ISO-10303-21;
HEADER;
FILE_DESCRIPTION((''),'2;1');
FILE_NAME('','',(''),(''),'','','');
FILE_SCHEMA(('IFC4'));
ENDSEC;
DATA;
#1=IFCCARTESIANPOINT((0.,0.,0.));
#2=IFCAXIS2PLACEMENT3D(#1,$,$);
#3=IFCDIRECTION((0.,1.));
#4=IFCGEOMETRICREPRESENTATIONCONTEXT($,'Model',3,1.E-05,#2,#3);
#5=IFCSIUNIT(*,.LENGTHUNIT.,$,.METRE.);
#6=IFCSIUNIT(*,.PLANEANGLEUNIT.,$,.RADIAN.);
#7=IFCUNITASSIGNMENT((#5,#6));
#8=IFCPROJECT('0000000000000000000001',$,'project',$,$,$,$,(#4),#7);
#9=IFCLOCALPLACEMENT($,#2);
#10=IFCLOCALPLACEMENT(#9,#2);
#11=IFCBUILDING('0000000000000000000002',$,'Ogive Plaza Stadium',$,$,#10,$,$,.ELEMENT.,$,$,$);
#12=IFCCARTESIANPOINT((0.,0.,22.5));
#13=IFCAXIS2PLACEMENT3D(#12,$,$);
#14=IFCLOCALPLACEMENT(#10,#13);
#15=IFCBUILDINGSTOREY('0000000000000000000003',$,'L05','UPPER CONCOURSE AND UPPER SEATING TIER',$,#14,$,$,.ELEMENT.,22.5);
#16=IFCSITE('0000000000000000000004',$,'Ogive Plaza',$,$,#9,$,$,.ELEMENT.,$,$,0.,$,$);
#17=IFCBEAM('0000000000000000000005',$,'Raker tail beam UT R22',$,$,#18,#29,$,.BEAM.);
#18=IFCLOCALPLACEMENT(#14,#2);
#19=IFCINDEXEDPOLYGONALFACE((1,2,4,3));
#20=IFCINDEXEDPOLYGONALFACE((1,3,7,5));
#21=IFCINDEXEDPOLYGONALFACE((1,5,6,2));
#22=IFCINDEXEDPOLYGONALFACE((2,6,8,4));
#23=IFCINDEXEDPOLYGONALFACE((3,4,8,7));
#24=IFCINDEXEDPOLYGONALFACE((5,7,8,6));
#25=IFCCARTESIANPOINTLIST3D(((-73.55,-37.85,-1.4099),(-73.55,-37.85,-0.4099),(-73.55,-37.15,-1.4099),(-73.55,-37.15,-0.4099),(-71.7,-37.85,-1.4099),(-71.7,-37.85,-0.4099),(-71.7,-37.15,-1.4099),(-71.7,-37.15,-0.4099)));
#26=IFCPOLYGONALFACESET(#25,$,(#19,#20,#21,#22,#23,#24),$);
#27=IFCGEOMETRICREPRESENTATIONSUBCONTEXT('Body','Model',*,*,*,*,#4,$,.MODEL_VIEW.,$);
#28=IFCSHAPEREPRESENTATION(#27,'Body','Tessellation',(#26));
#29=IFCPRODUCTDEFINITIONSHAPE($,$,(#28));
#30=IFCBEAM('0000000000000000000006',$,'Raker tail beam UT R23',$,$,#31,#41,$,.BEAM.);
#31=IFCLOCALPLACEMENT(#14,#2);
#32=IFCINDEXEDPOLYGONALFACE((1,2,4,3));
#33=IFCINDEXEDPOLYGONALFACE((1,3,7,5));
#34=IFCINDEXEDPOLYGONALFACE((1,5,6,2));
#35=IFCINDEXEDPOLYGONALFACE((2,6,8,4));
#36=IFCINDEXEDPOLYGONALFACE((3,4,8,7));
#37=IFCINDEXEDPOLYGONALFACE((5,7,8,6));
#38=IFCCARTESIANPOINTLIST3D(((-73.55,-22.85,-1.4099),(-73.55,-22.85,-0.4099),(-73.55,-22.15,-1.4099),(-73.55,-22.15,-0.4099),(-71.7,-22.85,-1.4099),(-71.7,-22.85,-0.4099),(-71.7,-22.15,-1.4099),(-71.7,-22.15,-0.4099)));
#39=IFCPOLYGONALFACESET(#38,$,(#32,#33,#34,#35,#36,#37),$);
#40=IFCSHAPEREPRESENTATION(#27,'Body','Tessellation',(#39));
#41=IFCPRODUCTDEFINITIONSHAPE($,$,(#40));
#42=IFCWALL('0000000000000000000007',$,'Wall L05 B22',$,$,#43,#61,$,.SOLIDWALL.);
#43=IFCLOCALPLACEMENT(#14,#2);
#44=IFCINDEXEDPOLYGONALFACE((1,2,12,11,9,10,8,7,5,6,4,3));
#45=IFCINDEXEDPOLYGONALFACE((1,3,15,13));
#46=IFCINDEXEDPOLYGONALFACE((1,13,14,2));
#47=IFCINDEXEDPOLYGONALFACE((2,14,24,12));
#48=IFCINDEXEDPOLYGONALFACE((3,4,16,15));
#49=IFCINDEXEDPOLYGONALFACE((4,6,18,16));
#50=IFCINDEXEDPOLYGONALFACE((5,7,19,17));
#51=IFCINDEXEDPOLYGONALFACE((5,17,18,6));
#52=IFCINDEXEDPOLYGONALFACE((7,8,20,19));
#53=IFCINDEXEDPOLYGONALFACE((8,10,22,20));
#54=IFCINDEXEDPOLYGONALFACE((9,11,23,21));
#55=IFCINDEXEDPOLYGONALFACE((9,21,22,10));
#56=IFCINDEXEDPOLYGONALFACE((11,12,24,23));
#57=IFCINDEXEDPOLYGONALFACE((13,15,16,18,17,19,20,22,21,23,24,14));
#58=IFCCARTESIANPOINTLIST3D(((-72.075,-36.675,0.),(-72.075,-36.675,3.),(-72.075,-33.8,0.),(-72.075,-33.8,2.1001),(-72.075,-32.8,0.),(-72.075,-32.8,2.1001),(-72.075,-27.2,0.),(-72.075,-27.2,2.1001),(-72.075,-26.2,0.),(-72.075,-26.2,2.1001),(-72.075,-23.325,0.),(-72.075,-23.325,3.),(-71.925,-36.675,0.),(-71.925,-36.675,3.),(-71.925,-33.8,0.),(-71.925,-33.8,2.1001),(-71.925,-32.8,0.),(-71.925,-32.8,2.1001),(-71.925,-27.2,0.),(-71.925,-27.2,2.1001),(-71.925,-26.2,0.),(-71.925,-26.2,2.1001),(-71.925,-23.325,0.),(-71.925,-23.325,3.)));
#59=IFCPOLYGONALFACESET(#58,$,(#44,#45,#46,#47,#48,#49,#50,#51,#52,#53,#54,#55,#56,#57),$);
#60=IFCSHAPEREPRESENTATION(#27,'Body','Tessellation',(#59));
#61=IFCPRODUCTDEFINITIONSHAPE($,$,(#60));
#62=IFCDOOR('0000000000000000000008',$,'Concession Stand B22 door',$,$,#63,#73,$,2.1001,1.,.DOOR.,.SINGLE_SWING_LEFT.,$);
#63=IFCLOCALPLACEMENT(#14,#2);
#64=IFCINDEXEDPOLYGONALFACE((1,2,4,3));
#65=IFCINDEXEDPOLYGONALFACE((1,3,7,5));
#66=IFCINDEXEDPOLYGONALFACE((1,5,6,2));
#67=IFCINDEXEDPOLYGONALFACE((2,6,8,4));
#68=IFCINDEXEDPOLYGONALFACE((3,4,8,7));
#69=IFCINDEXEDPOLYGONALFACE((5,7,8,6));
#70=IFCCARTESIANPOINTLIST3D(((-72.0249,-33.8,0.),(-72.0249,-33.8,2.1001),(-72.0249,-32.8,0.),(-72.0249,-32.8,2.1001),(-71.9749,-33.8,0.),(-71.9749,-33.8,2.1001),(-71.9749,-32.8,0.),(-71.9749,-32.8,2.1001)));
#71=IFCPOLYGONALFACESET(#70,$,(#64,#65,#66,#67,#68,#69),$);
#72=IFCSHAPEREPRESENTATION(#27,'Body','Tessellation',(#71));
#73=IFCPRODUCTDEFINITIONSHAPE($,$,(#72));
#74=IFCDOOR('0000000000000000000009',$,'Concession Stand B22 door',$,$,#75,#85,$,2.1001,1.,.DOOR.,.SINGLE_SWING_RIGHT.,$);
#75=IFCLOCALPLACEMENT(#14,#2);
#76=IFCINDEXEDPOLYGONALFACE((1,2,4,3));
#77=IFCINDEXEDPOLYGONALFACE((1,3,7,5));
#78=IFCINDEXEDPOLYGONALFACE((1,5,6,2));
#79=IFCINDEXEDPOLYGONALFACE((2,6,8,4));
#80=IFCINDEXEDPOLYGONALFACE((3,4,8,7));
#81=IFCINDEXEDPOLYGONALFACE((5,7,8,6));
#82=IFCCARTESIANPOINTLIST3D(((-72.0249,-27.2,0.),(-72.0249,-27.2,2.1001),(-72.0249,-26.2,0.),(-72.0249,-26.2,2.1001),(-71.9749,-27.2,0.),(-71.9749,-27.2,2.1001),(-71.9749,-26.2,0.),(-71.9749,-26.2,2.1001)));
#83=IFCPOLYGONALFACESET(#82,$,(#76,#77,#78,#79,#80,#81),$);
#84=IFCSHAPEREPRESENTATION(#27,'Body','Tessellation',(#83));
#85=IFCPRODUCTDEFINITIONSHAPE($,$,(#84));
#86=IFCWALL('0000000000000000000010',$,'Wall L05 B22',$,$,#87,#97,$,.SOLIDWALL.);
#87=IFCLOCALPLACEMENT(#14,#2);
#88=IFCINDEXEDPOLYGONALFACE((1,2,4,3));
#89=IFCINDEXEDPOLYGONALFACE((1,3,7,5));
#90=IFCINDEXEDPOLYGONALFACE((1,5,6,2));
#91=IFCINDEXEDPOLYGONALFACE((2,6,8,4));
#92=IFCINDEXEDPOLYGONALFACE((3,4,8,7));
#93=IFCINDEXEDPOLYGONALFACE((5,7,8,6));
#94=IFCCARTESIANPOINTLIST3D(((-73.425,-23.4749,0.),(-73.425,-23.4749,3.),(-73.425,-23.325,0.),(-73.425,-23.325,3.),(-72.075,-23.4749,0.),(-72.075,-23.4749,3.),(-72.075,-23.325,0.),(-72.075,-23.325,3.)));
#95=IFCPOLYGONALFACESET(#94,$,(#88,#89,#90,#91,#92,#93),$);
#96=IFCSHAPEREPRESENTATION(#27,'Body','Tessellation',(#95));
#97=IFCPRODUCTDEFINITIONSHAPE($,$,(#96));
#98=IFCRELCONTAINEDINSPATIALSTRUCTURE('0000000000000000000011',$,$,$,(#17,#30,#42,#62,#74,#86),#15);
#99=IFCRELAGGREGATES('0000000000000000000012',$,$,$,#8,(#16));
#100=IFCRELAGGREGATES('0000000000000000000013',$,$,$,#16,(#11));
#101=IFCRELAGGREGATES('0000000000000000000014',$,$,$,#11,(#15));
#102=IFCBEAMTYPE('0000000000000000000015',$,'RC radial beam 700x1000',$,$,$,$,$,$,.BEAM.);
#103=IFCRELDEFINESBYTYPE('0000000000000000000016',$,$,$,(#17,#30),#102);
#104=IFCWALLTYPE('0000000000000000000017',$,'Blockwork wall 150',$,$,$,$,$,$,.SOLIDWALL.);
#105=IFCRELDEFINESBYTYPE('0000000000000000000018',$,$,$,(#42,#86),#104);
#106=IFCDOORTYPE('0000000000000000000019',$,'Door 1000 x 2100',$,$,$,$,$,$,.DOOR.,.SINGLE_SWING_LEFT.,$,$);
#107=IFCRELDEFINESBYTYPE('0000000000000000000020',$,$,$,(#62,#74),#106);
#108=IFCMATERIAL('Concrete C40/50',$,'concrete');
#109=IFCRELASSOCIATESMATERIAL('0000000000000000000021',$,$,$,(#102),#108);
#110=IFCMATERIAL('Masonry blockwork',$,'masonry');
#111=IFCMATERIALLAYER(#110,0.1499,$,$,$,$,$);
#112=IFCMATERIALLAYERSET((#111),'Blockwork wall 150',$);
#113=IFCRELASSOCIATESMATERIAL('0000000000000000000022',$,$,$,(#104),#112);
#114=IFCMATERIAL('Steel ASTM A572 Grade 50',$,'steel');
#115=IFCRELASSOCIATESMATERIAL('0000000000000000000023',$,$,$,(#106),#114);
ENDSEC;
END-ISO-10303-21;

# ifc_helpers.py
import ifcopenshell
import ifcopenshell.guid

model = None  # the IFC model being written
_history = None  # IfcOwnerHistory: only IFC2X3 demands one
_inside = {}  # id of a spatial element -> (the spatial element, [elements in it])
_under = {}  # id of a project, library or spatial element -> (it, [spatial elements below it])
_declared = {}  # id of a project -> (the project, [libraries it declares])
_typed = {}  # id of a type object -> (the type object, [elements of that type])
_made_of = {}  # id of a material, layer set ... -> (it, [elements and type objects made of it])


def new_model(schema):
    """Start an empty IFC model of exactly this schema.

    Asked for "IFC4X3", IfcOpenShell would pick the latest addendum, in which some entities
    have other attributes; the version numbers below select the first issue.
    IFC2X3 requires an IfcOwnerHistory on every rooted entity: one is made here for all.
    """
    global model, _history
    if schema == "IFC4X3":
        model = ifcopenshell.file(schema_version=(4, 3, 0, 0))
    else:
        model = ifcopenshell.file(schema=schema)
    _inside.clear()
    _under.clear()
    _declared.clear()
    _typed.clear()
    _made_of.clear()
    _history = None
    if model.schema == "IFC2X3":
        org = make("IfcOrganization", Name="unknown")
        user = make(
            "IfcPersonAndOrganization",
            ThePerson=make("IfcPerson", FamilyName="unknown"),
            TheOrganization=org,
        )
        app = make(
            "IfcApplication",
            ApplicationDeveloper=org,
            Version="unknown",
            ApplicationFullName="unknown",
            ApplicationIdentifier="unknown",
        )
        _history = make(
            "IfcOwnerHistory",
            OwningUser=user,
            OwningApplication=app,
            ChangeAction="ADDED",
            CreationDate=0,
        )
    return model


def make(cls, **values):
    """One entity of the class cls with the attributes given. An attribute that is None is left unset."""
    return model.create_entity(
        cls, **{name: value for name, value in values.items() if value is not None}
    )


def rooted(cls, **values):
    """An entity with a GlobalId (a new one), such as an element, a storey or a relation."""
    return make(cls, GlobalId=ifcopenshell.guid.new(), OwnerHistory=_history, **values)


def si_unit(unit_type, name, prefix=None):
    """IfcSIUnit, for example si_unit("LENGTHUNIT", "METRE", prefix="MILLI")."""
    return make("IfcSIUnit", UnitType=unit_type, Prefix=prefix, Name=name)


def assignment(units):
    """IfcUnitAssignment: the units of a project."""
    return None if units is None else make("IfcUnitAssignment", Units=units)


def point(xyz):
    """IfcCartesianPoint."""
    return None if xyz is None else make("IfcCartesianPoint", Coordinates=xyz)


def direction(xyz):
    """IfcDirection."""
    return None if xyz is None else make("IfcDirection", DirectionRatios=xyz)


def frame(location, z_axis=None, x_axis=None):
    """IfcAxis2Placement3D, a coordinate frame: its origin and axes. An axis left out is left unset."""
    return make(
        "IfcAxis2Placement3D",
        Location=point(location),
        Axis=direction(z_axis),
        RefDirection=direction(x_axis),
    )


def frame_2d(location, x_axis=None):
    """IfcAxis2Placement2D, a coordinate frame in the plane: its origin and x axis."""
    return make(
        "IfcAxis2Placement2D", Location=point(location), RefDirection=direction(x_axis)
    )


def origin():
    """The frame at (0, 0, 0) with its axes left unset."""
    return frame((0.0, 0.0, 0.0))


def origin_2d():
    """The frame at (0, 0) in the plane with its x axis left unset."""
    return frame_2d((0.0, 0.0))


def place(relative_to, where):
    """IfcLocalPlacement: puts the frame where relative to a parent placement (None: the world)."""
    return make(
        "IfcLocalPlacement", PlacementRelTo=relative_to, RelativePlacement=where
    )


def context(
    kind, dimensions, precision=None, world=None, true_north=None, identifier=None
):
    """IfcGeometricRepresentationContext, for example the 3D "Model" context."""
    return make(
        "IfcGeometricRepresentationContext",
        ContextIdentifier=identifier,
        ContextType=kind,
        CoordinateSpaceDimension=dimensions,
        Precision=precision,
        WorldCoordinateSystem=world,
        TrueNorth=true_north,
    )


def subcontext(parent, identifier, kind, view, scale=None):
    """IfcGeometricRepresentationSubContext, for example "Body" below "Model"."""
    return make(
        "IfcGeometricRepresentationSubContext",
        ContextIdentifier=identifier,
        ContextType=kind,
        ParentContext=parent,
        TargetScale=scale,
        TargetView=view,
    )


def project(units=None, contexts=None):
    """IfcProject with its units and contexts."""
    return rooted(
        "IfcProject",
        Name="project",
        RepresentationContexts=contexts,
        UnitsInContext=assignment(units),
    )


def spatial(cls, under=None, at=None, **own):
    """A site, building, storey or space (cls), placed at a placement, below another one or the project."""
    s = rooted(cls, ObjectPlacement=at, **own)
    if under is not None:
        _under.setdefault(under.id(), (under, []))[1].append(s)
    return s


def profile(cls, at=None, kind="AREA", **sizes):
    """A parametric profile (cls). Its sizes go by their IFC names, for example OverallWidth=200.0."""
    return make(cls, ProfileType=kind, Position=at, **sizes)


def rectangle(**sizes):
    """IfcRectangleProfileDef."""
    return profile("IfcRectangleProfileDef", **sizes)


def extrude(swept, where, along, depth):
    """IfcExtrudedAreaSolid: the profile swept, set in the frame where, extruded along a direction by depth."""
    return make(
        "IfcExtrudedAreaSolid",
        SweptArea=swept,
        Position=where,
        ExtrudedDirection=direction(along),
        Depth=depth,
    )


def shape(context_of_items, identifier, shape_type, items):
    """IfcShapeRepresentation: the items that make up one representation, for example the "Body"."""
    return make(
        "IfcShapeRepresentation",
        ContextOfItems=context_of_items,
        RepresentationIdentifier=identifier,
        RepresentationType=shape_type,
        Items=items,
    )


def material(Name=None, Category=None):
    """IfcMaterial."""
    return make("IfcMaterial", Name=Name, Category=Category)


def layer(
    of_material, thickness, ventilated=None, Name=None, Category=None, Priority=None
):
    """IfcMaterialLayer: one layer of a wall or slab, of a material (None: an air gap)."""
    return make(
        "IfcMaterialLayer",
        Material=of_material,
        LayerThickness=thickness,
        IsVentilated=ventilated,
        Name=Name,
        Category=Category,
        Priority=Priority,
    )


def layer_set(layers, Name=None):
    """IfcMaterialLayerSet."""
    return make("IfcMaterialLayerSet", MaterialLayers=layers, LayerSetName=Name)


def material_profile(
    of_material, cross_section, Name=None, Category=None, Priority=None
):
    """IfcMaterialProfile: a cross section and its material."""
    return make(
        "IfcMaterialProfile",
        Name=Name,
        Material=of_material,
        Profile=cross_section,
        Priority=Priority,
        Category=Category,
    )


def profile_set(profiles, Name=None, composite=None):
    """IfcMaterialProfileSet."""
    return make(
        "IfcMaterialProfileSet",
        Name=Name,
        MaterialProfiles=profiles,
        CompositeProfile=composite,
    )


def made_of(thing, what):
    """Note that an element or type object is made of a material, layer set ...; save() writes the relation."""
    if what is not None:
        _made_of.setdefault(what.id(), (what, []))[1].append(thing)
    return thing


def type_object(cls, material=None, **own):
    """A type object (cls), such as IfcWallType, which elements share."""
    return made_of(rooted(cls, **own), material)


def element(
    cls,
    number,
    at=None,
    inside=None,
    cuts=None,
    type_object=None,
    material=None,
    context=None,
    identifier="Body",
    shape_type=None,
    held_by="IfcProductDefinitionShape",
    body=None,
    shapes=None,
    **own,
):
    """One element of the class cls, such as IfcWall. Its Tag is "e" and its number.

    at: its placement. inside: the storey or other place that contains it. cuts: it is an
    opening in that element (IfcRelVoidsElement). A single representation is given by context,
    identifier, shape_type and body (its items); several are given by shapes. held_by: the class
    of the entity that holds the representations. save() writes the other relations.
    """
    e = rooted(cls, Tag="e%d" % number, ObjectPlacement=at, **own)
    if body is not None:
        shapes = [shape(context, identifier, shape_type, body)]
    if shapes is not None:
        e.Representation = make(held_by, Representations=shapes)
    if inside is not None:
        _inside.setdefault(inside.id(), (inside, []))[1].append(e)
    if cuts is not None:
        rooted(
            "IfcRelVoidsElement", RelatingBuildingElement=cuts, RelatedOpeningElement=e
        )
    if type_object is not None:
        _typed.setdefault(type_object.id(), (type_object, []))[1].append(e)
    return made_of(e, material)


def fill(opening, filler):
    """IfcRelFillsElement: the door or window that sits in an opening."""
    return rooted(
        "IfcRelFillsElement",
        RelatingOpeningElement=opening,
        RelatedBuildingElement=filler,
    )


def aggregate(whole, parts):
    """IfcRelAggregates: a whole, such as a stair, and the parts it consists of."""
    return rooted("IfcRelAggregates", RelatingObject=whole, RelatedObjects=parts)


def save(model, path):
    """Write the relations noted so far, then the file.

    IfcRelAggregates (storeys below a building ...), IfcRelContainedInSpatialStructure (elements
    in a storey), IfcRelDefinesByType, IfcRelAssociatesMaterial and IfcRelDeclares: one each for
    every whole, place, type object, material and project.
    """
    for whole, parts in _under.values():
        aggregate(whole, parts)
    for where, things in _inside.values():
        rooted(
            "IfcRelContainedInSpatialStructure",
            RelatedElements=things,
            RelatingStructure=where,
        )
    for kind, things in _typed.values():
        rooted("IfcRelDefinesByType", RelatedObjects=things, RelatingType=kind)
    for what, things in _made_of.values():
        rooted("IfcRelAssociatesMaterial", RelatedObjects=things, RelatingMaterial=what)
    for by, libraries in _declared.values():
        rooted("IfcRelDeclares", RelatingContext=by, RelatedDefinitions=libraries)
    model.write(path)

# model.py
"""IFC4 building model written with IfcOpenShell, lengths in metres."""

from ifc_helpers import new_model, si_unit, direction, frame, frame_2d, origin, origin_2d, place, context, subcontext, project, spatial, rectangle, extrude, material, layer, layer_set, material_profile, profile_set, type_object, element, fill, save


model = new_model("IFC4")

# Units and contexts
model_context = context("Model", 3, precision=1e-05, world=origin(), true_north=direction((0.0, 1.0)))
body_context = subcontext(model_context, "Body", "Model", "MODEL_VIEW")
ifc_project = project(units=[si_unit("LENGTHUNIT", "METRE"), si_unit("PLANEANGLEUNIT", "RADIAN")], contexts=[model_context])

# Site, building, storey
site_placement = place(None, origin())
site = spatial("IfcSite", under=ifc_project, at=site_placement, Name="Ogive Plaza", CompositionType="ELEMENT", RefElevation=0.0)
building_placement = place(site_placement, origin())
building = spatial("IfcBuilding", under=site, at=building_placement, Name="Ogive Plaza Stadium", CompositionType="ELEMENT")
storey_placement = place(building_placement, frame((0.0, 0.0, 22.5)))
storey = spatial("IfcBuildingStorey", under=building, at=storey_placement, Name="L05", Description="UPPER CONCOURSE AND UPPER SEATING TIER", CompositionType="ELEMENT", Elevation=22.5)

# Beams
ifc_material_1 = material(Name="Concrete C40/50", Category="concrete")
ifc_material_profile = material_profile(ifc_material_1, rectangle(XDim=0.7, YDim=1.0, at=origin_2d()), Name="RC 700x1000")
ifc_profile_set = profile_set([ifc_material_profile], Name="Concrete C40/50")
beam_type = type_object("IfcBeamType", Name="RC radial beam 700x1000", PredefinedType="BEAM", material=ifc_profile_set)
for number, where, z_axis, x_axis, name in (
    (1, (-71.7, -37.5, -0.9099), (-1.0, 0.0, 0.0), (0.0, -1.0, 0.0), "Raker tail beam UT R22"),
    (2, (-71.7, -22.5, -0.9099), (-1.0, 0.0, 0.0), (0.0, -1.0, 0.0), "Raker tail beam UT R23"),
):
    element("IfcBeam", number, at=place(storey_placement, frame(where, z_axis=z_axis, x_axis=x_axis)), inside=storey, type_object=beam_type, Name=name, PredefinedType="BEAM", context=body_context, shape_type="SweptSolid", body=[
        extrude(rectangle(XDim=0.7, YDim=1.0, at=origin_2d()), origin(), (0.0, 0.0, 1.0), 1.8501),
    ])

# Wall, openings, doors
ifc_material_2 = material(Name="Masonry blockwork", Category="masonry")
ifc_layer_1 = layer(ifc_material_2, 0.1499)
ifc_layer_set_1 = layer_set([ifc_layer_1], Name="Blockwork wall 150")
wall_type_1 = type_object("IfcWallType", Name="Blockwork wall 150", PredefinedType="SOLIDWALL", material=ifc_layer_set_1)
wall_1_placement = place(storey_placement, frame((-72.0, -36.675, 0.0), z_axis=(0.0, 0.0, 1.0), x_axis=(0.0, 1.0, 0.0)))
wall_1 = element("IfcWall", 3, at=wall_1_placement, inside=storey, type_object=wall_type_1, Name="Wall L05 B22", PredefinedType="SOLIDWALL", context=body_context, shape_type="SweptSolid", body=[
    extrude(rectangle(XDim=13.3501, YDim=0.1499, at=frame_2d((6.675, 0.0))), origin(), (0.0, 0.0, 1.0), 3.0),
])
opening_1_placement = place(wall_1_placement, frame((2.875, 0.0, 0.0)))
opening_1 = element("IfcOpeningElement", 4, at=opening_1_placement, cuts=wall_1, PredefinedType="OPENING", context=body_context, shape_type="SweptSolid", body=[
    extrude(rectangle(XDim=1.0, YDim=2.1001, at=frame_2d((0.5, 1.05))), frame((0.0, 0.075, 0.0), z_axis=(0.0, -1.0, 0.0), x_axis=(1.0, 0.0, 0.0)), (0.0, 0.0, 1.0), 0.1499),
])
opening_2_placement = place(wall_1_placement, frame((9.4751, 0.0, 0.0)))
opening_2 = element("IfcOpeningElement", 5, at=opening_2_placement, cuts=wall_1, PredefinedType="OPENING", context=body_context, shape_type="SweptSolid", body=[
    extrude(rectangle(XDim=1.0, YDim=2.1001, at=frame_2d((0.5, 1.05))), frame((0.0, 0.075, 0.0), z_axis=(0.0, -1.0, 0.0), x_axis=(1.0, 0.0, 0.0)), (0.0, 0.0, 1.0), 0.1499),
])
ifc_material_3 = material(Name="Steel ASTM A572 Grade 50", Category="steel")
door_type_1 = type_object("IfcDoorType", Name="Door 1000 x 2100", OperationType="SINGLE_SWING_LEFT", PredefinedType="DOOR", material=ifc_material_3)
door_1_placement = place(opening_1_placement, origin())
door_1 = element("IfcDoor", 6, at=door_1_placement, inside=storey, type_object=door_type_1, Name="Concession Stand B22 door", OperationType="SINGLE_SWING_LEFT", OverallHeight=2.1001, OverallWidth=1.0, PredefinedType="DOOR", context=body_context, shape_type="SweptSolid", body=[
    extrude(rectangle(XDim=1.0, YDim=2.1001, at=frame_2d((0.5, 1.05))), frame((0.0, 0.0249, 0.0), z_axis=(0.0, -1.0, 0.0), x_axis=(1.0, 0.0, 0.0)), (0.0, 0.0, 1.0), 0.05),
])
fill(opening_1, door_1)
door_2_placement = place(opening_2_placement, origin())
door_2 = element("IfcDoor", 7, at=door_2_placement, inside=storey, type_object=door_type_1, Name="Concession Stand B22 door", OperationType="SINGLE_SWING_RIGHT", OverallHeight=2.1001, OverallWidth=1.0, PredefinedType="DOOR", context=body_context, shape_type="SweptSolid", body=[
    extrude(rectangle(XDim=1.0, YDim=2.1001, at=frame_2d((0.5, 1.05))), frame((0.0, 0.0249, 0.0), z_axis=(0.0, -1.0, 0.0), x_axis=(1.0, 0.0, 0.0)), (0.0, 0.0, 1.0), 0.05),
])
fill(opening_2, door_2)

# Wall
wall_2_placement = place(storey_placement, frame((-72.075, -23.3999, 0.0), z_axis=(0.0, 0.0, 1.0), x_axis=(-1.0, 0.0, 0.0)))
element("IfcWall", 8, at=wall_2_placement, inside=storey, type_object=wall_type_1, Name="Wall L05 B22", PredefinedType="SOLIDWALL", context=body_context, shape_type="SweptSolid", body=[
    extrude(rectangle(XDim=1.3501, YDim=0.1499, at=frame_2d((0.675, 0.0))), origin(), (0.0, 0.0, 1.0), 3.0),
])

save(model, "model.ifc")
